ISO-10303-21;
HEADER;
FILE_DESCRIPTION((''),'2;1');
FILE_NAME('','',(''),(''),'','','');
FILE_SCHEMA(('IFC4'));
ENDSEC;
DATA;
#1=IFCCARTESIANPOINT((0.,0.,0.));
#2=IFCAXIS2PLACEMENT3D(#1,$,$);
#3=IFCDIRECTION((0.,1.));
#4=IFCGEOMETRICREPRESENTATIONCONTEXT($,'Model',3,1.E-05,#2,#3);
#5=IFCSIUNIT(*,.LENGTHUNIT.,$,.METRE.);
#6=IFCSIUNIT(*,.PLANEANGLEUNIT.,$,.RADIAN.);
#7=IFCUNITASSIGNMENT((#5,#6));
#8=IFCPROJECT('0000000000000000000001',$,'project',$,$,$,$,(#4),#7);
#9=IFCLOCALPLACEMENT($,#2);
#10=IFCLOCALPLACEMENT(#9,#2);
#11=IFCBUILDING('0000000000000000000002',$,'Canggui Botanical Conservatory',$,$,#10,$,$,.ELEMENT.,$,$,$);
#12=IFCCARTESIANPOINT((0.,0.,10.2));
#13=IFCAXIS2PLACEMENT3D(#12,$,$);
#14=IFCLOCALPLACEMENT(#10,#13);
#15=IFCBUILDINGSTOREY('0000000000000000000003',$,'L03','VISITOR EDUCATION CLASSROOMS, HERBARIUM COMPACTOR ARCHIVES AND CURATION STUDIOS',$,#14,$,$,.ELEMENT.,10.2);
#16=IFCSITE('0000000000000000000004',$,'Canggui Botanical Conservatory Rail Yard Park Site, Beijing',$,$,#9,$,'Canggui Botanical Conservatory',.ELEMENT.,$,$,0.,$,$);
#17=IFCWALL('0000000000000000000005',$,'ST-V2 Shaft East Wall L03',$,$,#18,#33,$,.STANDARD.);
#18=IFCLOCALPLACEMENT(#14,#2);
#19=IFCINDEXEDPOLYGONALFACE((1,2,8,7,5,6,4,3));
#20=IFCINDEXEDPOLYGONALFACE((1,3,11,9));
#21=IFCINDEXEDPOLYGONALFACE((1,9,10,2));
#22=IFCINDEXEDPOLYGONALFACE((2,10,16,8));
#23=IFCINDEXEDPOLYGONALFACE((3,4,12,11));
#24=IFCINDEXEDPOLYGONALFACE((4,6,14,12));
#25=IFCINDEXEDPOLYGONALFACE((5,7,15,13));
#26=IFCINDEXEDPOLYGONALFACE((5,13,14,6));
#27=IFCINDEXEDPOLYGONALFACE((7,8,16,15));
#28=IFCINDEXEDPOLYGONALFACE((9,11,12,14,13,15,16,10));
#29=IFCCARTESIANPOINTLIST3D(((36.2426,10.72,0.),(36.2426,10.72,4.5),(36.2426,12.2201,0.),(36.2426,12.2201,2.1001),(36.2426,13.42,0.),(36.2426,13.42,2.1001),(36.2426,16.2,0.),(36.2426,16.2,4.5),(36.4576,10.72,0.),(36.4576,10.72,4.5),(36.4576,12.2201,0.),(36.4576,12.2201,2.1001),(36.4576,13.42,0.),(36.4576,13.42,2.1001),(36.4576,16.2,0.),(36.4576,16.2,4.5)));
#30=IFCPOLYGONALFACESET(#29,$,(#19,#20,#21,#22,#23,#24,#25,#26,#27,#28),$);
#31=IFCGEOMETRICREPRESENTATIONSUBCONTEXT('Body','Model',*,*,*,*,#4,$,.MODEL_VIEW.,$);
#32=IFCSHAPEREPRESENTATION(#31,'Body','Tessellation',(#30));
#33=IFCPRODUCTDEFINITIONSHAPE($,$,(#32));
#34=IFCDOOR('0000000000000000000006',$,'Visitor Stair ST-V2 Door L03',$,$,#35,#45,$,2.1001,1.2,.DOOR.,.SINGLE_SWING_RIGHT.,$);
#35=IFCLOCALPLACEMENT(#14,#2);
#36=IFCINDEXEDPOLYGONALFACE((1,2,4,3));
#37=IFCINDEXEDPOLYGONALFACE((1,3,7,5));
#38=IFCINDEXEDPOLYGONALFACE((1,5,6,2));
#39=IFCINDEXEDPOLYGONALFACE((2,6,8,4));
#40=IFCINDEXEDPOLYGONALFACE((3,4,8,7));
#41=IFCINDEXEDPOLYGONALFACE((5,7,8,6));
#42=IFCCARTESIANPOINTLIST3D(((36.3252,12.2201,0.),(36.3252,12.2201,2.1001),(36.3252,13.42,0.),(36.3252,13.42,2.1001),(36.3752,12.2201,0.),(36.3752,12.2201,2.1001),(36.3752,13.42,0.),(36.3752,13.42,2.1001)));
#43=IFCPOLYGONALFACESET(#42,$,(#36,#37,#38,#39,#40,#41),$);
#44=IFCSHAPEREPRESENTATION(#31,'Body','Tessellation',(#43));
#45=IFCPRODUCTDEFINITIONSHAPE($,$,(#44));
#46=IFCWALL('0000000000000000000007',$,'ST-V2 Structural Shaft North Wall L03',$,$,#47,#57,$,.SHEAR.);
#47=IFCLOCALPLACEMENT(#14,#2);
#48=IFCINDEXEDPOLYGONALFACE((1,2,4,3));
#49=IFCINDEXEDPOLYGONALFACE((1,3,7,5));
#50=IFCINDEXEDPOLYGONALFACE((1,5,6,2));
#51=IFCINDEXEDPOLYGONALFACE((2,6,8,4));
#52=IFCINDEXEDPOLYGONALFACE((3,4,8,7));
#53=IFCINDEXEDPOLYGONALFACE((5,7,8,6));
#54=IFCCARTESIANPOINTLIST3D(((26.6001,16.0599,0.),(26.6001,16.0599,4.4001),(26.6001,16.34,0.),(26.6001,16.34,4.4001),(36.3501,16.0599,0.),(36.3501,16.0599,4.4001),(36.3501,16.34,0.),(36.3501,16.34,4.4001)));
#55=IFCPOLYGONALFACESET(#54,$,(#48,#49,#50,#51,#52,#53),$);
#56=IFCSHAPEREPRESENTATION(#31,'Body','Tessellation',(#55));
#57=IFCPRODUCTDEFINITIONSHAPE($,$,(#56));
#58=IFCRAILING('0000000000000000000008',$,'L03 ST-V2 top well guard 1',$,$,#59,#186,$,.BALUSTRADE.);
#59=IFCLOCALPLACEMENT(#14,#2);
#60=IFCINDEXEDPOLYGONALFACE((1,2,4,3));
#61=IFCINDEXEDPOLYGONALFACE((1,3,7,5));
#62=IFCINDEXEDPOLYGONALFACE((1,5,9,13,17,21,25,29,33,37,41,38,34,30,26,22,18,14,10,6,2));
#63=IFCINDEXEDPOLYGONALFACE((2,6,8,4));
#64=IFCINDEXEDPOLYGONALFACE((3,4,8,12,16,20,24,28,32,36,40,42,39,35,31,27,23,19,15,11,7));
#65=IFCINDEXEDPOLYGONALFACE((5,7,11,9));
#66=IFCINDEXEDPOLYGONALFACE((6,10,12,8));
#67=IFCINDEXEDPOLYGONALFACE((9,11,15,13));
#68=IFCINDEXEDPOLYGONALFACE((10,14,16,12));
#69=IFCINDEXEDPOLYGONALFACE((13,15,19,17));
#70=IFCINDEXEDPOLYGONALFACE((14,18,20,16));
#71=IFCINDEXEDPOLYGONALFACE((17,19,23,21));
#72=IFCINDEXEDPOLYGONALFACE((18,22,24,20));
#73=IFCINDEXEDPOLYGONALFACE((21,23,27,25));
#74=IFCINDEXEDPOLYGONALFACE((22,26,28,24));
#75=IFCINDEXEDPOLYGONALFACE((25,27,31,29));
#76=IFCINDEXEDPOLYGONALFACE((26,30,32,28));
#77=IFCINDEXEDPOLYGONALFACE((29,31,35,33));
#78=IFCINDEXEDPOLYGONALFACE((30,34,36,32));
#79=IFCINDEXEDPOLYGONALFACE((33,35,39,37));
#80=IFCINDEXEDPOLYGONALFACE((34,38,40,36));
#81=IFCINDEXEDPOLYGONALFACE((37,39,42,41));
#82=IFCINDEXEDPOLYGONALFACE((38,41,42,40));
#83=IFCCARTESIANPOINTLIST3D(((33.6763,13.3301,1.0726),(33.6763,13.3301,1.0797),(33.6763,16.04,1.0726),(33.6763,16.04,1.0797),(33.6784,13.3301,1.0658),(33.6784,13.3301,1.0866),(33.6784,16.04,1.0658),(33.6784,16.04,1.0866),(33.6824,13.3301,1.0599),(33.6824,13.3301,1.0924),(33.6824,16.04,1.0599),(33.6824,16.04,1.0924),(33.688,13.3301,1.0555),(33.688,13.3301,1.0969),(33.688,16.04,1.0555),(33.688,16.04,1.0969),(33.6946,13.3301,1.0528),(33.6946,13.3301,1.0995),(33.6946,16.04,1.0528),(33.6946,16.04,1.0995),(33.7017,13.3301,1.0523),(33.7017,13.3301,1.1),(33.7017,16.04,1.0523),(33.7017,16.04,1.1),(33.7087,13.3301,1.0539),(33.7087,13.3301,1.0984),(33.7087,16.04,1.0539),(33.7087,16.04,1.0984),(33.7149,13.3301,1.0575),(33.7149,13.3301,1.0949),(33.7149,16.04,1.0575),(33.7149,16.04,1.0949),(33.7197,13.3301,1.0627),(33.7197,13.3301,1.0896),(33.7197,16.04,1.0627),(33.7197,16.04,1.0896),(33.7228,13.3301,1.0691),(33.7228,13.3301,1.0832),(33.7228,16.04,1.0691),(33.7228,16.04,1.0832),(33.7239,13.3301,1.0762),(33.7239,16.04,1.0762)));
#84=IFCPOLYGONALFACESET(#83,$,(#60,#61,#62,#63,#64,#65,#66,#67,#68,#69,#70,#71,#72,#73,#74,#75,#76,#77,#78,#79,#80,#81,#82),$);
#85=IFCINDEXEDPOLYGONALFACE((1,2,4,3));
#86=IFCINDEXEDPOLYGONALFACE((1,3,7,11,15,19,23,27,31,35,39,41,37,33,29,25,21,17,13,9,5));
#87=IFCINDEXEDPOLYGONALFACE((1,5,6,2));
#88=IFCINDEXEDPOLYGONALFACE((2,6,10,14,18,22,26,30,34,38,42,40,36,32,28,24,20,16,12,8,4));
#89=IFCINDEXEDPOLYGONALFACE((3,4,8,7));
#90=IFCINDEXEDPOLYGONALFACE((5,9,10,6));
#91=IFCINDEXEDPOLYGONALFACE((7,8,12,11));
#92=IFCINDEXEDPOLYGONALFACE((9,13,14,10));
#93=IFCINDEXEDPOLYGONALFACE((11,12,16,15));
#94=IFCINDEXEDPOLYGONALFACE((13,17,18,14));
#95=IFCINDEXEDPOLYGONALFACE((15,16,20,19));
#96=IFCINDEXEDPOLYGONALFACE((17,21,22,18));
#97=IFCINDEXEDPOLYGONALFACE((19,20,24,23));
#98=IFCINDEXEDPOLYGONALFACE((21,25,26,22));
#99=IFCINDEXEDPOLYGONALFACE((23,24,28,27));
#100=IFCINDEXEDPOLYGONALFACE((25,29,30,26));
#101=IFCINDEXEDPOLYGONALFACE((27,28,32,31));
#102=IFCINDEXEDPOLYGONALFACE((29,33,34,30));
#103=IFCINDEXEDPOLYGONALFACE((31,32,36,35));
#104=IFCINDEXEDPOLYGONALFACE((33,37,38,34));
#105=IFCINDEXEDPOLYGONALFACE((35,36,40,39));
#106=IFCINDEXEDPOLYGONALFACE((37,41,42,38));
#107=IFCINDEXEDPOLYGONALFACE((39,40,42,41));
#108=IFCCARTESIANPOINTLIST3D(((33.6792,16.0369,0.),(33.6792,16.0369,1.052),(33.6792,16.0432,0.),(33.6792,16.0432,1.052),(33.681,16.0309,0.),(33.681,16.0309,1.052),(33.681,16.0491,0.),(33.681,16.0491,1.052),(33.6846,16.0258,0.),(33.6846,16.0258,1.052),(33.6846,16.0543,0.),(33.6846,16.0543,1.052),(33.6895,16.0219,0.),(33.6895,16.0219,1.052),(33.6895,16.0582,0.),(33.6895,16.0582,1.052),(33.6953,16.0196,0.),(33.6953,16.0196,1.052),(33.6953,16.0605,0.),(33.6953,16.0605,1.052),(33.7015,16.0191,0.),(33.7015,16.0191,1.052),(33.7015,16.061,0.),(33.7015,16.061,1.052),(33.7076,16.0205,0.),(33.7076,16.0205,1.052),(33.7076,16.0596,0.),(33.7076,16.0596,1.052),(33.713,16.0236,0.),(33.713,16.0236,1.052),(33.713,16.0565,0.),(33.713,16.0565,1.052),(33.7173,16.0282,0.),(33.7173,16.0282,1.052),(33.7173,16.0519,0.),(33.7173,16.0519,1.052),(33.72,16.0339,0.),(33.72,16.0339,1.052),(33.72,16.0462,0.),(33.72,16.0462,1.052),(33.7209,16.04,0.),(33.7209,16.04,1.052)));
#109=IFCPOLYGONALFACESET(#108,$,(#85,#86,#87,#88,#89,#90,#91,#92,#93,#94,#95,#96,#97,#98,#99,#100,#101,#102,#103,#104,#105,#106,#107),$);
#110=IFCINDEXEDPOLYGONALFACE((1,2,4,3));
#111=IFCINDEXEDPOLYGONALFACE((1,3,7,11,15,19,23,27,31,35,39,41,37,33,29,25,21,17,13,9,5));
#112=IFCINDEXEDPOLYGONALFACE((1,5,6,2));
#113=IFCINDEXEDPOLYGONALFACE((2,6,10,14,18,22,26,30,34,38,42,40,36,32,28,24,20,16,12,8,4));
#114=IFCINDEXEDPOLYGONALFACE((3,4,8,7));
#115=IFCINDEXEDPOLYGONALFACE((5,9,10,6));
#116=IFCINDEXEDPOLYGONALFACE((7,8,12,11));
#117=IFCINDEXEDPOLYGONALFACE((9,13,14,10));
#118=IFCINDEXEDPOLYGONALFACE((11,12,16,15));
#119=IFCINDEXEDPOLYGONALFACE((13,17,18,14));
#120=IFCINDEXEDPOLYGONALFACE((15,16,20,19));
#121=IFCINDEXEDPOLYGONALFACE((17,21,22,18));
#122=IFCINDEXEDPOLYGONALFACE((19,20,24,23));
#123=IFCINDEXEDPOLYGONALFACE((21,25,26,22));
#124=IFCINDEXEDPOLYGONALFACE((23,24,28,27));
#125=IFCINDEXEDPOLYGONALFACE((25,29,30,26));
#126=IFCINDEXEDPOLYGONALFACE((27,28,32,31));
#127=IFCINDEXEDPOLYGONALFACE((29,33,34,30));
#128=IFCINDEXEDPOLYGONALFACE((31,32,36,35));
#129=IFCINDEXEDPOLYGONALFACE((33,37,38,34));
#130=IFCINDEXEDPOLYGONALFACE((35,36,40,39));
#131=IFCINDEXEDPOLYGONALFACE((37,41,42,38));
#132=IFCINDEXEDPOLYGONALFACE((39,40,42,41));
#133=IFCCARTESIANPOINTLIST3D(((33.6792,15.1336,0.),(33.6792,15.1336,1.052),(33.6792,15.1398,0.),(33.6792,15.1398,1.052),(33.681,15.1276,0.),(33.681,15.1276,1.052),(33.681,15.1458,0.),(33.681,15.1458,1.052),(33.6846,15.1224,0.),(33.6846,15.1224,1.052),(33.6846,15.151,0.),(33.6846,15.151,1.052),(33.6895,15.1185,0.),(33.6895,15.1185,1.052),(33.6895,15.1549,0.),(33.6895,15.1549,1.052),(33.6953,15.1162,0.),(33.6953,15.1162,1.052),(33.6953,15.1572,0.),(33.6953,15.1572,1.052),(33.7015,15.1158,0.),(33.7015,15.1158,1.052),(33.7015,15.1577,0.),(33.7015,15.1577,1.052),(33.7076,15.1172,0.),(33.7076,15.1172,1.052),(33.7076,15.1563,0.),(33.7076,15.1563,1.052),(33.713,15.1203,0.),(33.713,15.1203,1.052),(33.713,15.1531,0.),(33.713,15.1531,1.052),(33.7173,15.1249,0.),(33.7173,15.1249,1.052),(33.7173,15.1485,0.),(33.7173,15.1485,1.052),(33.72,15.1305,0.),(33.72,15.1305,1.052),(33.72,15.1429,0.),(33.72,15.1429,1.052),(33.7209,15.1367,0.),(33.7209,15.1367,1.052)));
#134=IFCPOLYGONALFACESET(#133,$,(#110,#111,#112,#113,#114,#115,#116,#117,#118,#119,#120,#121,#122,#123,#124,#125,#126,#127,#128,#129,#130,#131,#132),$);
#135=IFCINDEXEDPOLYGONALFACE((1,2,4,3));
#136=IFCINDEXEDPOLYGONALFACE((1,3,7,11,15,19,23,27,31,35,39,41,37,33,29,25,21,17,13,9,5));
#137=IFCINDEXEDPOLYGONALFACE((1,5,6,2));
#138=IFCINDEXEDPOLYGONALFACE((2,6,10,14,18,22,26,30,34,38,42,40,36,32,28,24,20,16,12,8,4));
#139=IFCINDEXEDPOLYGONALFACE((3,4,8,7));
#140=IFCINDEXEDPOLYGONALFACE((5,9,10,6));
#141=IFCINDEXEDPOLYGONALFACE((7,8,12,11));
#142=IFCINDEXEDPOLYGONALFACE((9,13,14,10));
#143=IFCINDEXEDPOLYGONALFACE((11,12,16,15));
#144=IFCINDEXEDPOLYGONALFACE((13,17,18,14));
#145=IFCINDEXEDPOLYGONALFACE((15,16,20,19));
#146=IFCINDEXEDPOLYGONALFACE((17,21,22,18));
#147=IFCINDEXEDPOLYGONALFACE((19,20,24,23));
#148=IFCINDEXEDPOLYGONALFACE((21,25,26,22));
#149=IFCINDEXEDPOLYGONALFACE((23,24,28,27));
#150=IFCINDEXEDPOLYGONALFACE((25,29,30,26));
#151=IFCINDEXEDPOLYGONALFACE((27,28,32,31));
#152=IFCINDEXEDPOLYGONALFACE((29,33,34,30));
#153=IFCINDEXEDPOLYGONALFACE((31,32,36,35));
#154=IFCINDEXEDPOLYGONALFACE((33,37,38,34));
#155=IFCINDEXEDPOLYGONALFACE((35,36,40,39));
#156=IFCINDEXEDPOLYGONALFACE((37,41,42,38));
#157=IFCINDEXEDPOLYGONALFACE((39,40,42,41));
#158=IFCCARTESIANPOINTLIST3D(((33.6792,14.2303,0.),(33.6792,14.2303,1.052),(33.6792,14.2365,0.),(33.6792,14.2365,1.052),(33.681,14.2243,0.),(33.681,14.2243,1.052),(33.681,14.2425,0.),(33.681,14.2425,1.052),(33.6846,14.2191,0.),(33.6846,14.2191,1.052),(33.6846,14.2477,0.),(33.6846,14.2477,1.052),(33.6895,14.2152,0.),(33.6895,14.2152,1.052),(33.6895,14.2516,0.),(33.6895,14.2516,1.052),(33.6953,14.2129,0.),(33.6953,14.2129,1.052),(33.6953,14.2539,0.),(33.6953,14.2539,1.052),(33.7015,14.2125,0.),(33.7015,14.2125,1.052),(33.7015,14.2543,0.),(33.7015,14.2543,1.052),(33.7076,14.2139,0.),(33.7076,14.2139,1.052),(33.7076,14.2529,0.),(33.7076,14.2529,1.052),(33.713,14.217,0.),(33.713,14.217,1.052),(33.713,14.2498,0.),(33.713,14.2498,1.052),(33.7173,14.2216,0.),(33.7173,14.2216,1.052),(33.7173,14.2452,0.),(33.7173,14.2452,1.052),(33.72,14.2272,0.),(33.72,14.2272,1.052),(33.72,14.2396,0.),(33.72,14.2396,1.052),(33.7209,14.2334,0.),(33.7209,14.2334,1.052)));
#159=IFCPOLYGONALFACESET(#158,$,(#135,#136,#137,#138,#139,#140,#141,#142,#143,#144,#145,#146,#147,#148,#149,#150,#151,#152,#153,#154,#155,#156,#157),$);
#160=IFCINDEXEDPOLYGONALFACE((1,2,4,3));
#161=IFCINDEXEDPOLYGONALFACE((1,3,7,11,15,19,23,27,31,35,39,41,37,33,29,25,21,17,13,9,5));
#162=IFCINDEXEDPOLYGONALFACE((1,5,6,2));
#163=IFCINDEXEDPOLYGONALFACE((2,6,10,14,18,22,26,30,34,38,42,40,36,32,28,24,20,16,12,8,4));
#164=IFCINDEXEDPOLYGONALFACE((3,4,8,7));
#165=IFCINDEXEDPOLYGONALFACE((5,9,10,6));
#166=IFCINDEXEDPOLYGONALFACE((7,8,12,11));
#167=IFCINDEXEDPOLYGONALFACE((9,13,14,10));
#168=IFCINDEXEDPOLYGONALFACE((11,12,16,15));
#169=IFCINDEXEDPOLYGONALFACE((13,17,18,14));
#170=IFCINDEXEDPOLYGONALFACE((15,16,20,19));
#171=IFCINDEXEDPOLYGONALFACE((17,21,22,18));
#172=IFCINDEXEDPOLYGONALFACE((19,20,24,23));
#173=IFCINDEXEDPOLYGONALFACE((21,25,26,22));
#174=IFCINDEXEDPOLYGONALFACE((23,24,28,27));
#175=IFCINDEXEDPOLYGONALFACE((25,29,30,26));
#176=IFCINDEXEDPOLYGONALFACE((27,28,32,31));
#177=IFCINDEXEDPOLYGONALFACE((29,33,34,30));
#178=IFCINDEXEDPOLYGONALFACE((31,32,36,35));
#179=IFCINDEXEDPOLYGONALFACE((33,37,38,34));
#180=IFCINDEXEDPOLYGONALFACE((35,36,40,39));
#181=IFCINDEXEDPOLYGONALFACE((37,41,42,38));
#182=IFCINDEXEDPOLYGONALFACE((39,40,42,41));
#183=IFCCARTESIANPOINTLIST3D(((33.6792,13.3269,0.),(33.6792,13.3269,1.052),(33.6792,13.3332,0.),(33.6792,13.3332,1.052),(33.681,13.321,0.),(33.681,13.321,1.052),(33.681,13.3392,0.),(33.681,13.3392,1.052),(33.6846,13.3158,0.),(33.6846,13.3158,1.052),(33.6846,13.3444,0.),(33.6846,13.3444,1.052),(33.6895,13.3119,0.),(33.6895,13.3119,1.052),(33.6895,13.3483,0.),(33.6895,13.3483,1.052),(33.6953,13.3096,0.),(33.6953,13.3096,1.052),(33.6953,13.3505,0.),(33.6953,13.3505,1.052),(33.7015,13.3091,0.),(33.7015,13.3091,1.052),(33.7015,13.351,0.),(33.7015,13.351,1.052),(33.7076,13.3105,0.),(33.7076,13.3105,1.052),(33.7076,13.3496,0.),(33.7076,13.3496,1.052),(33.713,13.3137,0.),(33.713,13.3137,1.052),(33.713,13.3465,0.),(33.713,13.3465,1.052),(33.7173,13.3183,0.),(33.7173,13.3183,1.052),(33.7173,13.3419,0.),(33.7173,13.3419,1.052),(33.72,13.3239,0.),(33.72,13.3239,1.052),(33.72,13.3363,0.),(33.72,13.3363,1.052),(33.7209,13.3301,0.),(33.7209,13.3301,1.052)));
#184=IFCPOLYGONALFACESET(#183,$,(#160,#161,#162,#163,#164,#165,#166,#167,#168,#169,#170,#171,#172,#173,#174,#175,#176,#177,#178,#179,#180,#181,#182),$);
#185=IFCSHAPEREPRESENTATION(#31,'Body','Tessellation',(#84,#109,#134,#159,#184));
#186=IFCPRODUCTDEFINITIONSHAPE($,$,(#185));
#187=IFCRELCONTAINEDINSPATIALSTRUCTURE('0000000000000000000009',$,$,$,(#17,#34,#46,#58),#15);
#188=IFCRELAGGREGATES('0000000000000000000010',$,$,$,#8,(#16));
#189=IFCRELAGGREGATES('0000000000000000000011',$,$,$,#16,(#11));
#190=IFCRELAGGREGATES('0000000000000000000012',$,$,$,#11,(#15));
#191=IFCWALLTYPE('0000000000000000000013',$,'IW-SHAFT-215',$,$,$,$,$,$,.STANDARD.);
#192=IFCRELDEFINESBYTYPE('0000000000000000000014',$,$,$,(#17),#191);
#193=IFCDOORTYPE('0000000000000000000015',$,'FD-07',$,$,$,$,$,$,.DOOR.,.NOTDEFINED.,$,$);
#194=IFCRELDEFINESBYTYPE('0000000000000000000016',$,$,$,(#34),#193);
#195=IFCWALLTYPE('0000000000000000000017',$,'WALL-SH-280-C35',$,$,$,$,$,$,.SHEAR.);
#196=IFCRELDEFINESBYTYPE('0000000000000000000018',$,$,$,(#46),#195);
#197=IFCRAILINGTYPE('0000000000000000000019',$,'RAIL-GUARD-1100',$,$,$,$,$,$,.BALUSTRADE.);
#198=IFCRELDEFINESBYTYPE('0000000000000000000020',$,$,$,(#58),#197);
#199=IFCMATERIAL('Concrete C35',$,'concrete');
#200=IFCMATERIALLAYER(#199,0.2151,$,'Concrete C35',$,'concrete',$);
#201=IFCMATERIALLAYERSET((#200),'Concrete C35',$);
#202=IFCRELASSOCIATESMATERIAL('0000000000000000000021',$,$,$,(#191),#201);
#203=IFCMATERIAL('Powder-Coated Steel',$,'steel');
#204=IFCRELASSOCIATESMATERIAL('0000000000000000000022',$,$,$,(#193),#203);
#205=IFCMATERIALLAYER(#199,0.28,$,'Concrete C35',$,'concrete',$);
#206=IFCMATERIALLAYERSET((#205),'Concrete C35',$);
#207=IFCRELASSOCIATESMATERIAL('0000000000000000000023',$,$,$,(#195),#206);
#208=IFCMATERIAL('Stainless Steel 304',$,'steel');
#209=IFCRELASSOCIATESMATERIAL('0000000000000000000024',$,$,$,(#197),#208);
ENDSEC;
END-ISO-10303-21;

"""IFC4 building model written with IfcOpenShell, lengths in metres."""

from ifc_helpers import new_model, si_unit, direction, frame, frame_2d, origin, origin_2d, place, context, subcontext, project, spatial, rectangle, circle, extrude, material, layer, layer_set, type_object, element, fill, save


model = new_model("IFC4")

# Units and contexts
model_context = context("Model", 3, precision=1e-05, world=origin(), true_north=direction((0.0, 1.0)))
body_context = subcontext(model_context, "Body", "Model", "MODEL_VIEW")
ifc_project = project(units=[si_unit("LENGTHUNIT", "METRE"), si_unit("PLANEANGLEUNIT", "RADIAN")], contexts=[model_context])

# Site, building, storey
site_placement = place(None, origin())
site = spatial("IfcSite", under=ifc_project, at=site_placement, Name="Canggui Botanical Conservatory Rail Yard Park Site, Beijing", LongName="Canggui Botanical Conservatory", CompositionType="ELEMENT", RefElevation=0.0)
building_placement = place(site_placement, origin())
building = spatial("IfcBuilding", under=site, at=building_placement, Name="Canggui Botanical Conservatory", CompositionType="ELEMENT")
storey_placement = place(building_placement, frame((0.0, 0.0, 10.2)))
storey = spatial("IfcBuildingStorey", under=building, at=storey_placement, Name="L03", Description="VISITOR EDUCATION CLASSROOMS, HERBARIUM COMPACTOR ARCHIVES AND CURATION STUDIOS", CompositionType="ELEMENT", Elevation=10.2)

# Shared definitions
ifc_material_1 = material(Name="Concrete C35", Category="concrete")

# Wall, opening, door
ifc_layer_1 = layer(ifc_material_1, 0.2151, Name="Concrete C35", Category="concrete")
ifc_layer_set_1 = layer_set([ifc_layer_1], Name="Concrete C35")
wall_type_1 = type_object("IfcWallType", Name="IW-SHAFT-215", PredefinedType="STANDARD", material=ifc_layer_set_1)
wall_1_placement = place(storey_placement, frame((36.3501, 10.72, 0.0), z_axis=(0.0, 0.0, 1.0), x_axis=(0.0, 1.0, 0.0)))
wall_1 = element("IfcWall", 1, at=wall_1_placement, inside=storey, type_object=wall_type_1, Name="ST-V2 Shaft East Wall L03", PredefinedType="STANDARD", context=body_context, shape_type="SweptSolid", body=[
    extrude(rectangle(XDim=5.48, YDim=0.2151, at=frame_2d((2.74, 0.0))), origin(), (0.0, 0.0, 1.0), 4.5),
])
opening_placement = place(wall_1_placement, frame((1.5, 0.0, 0.0)))
opening = element("IfcOpeningElement", 2, at=opening_placement, cuts=wall_1, PredefinedType="OPENING", context=body_context, shape_type="SweptSolid", body=[
    extrude(rectangle(XDim=1.2, YDim=2.1001, at=frame_2d((0.6001, 1.05))), frame((0.0, 0.1177, 0.0), z_axis=(0.0, -1.0, 0.0), x_axis=(1.0, 0.0, 0.0)), (0.0, 0.0, 1.0), 0.2351),
])
ifc_material_2 = material(Name="Powder-Coated Steel", Category="steel")
door_type = type_object("IfcDoorType", Name="FD-07", OperationType="NOTDEFINED", PredefinedType="DOOR", material=ifc_material_2)
door_placement = place(opening_placement, origin())
door = element("IfcDoor", 3, at=door_placement, inside=storey, type_object=door_type, Name="Visitor Stair ST-V2 Door L03", OperationType="SINGLE_SWING_RIGHT", OverallHeight=2.1001, OverallWidth=1.2, PredefinedType="DOOR", context=body_context, shape_type="SweptSolid", body=[
    extrude(rectangle(XDim=1.2, YDim=2.1001, at=frame_2d((0.6001, 1.05))), frame((0.0, 0.0249, 0.0), z_axis=(0.0, -1.0, 0.0), x_axis=(1.0, 0.0, 0.0)), (0.0, 0.0, 1.0), 0.05),
])
fill(opening, door)

# Wall
ifc_layer_2 = layer(ifc_material_1, 0.28, Name="Concrete C35", Category="concrete")
ifc_layer_set_2 = layer_set([ifc_layer_2], Name="Concrete C35")
wall_type_2 = type_object("IfcWallType", Name="WALL-SH-280-C35", PredefinedType="SHEAR", material=ifc_layer_set_2)
wall_2_placement = place(storey_placement, frame((26.6001, 16.2, 0.0), z_axis=(0.0, 0.0, 1.0), x_axis=(1.0, 0.0, 0.0)))
element("IfcWall", 4, at=wall_2_placement, inside=storey, type_object=wall_type_2, Name="ST-V2 Structural Shaft North Wall L03", PredefinedType="SHEAR", context=body_context, shape_type="SweptSolid", body=[
    extrude(rectangle(XDim=9.75, YDim=0.28, at=frame_2d((4.875, 0.0))), origin(), (0.0, 0.0, 1.0), 4.4001),
])

# Railing
ifc_material_3 = material(Name="Stainless Steel 304", Category="steel")
railing_type = type_object("IfcRailingType", Name="RAIL-GUARD-1100", PredefinedType="BALUSTRADE", material=ifc_material_3)
railing_placement = place(storey_placement, frame((33.7, 16.04, 0.0)))
element("IfcRailing", 5, at=railing_placement, inside=storey, type_object=railing_type, Name="L03 ST-V2 top well guard 1", PredefinedType="BALUSTRADE", context=body_context, shape_type="SweptSolid", body=[
    extrude(circle(Radius=0.0239, at=origin_2d()), frame((0.0, 0.0, 1.0762), z_axis=(0.0, -1.0, 0.0), x_axis=(1.0, 0.0, 0.0)), (0.0, 0.0, 1.0), 2.71),
    extrude(circle(Radius=0.021, at=origin_2d()), origin(), (0.0, 0.0, 1.0), 1.052),
    extrude(circle(Radius=0.021, at=origin_2d()), frame((0.0, -0.9033, 0.0)), (0.0, 0.0, 1.0), 1.052),
    extrude(circle(Radius=0.021, at=origin_2d()), frame((0.0, -1.8066, 0.0)), (0.0, 0.0, 1.0), 1.052),
    extrude(circle(Radius=0.021, at=origin_2d()), frame((0.0, -2.71, 0.0)), (0.0, 0.0, 1.0), 1.052),
])

save(model, "model.ifc")
